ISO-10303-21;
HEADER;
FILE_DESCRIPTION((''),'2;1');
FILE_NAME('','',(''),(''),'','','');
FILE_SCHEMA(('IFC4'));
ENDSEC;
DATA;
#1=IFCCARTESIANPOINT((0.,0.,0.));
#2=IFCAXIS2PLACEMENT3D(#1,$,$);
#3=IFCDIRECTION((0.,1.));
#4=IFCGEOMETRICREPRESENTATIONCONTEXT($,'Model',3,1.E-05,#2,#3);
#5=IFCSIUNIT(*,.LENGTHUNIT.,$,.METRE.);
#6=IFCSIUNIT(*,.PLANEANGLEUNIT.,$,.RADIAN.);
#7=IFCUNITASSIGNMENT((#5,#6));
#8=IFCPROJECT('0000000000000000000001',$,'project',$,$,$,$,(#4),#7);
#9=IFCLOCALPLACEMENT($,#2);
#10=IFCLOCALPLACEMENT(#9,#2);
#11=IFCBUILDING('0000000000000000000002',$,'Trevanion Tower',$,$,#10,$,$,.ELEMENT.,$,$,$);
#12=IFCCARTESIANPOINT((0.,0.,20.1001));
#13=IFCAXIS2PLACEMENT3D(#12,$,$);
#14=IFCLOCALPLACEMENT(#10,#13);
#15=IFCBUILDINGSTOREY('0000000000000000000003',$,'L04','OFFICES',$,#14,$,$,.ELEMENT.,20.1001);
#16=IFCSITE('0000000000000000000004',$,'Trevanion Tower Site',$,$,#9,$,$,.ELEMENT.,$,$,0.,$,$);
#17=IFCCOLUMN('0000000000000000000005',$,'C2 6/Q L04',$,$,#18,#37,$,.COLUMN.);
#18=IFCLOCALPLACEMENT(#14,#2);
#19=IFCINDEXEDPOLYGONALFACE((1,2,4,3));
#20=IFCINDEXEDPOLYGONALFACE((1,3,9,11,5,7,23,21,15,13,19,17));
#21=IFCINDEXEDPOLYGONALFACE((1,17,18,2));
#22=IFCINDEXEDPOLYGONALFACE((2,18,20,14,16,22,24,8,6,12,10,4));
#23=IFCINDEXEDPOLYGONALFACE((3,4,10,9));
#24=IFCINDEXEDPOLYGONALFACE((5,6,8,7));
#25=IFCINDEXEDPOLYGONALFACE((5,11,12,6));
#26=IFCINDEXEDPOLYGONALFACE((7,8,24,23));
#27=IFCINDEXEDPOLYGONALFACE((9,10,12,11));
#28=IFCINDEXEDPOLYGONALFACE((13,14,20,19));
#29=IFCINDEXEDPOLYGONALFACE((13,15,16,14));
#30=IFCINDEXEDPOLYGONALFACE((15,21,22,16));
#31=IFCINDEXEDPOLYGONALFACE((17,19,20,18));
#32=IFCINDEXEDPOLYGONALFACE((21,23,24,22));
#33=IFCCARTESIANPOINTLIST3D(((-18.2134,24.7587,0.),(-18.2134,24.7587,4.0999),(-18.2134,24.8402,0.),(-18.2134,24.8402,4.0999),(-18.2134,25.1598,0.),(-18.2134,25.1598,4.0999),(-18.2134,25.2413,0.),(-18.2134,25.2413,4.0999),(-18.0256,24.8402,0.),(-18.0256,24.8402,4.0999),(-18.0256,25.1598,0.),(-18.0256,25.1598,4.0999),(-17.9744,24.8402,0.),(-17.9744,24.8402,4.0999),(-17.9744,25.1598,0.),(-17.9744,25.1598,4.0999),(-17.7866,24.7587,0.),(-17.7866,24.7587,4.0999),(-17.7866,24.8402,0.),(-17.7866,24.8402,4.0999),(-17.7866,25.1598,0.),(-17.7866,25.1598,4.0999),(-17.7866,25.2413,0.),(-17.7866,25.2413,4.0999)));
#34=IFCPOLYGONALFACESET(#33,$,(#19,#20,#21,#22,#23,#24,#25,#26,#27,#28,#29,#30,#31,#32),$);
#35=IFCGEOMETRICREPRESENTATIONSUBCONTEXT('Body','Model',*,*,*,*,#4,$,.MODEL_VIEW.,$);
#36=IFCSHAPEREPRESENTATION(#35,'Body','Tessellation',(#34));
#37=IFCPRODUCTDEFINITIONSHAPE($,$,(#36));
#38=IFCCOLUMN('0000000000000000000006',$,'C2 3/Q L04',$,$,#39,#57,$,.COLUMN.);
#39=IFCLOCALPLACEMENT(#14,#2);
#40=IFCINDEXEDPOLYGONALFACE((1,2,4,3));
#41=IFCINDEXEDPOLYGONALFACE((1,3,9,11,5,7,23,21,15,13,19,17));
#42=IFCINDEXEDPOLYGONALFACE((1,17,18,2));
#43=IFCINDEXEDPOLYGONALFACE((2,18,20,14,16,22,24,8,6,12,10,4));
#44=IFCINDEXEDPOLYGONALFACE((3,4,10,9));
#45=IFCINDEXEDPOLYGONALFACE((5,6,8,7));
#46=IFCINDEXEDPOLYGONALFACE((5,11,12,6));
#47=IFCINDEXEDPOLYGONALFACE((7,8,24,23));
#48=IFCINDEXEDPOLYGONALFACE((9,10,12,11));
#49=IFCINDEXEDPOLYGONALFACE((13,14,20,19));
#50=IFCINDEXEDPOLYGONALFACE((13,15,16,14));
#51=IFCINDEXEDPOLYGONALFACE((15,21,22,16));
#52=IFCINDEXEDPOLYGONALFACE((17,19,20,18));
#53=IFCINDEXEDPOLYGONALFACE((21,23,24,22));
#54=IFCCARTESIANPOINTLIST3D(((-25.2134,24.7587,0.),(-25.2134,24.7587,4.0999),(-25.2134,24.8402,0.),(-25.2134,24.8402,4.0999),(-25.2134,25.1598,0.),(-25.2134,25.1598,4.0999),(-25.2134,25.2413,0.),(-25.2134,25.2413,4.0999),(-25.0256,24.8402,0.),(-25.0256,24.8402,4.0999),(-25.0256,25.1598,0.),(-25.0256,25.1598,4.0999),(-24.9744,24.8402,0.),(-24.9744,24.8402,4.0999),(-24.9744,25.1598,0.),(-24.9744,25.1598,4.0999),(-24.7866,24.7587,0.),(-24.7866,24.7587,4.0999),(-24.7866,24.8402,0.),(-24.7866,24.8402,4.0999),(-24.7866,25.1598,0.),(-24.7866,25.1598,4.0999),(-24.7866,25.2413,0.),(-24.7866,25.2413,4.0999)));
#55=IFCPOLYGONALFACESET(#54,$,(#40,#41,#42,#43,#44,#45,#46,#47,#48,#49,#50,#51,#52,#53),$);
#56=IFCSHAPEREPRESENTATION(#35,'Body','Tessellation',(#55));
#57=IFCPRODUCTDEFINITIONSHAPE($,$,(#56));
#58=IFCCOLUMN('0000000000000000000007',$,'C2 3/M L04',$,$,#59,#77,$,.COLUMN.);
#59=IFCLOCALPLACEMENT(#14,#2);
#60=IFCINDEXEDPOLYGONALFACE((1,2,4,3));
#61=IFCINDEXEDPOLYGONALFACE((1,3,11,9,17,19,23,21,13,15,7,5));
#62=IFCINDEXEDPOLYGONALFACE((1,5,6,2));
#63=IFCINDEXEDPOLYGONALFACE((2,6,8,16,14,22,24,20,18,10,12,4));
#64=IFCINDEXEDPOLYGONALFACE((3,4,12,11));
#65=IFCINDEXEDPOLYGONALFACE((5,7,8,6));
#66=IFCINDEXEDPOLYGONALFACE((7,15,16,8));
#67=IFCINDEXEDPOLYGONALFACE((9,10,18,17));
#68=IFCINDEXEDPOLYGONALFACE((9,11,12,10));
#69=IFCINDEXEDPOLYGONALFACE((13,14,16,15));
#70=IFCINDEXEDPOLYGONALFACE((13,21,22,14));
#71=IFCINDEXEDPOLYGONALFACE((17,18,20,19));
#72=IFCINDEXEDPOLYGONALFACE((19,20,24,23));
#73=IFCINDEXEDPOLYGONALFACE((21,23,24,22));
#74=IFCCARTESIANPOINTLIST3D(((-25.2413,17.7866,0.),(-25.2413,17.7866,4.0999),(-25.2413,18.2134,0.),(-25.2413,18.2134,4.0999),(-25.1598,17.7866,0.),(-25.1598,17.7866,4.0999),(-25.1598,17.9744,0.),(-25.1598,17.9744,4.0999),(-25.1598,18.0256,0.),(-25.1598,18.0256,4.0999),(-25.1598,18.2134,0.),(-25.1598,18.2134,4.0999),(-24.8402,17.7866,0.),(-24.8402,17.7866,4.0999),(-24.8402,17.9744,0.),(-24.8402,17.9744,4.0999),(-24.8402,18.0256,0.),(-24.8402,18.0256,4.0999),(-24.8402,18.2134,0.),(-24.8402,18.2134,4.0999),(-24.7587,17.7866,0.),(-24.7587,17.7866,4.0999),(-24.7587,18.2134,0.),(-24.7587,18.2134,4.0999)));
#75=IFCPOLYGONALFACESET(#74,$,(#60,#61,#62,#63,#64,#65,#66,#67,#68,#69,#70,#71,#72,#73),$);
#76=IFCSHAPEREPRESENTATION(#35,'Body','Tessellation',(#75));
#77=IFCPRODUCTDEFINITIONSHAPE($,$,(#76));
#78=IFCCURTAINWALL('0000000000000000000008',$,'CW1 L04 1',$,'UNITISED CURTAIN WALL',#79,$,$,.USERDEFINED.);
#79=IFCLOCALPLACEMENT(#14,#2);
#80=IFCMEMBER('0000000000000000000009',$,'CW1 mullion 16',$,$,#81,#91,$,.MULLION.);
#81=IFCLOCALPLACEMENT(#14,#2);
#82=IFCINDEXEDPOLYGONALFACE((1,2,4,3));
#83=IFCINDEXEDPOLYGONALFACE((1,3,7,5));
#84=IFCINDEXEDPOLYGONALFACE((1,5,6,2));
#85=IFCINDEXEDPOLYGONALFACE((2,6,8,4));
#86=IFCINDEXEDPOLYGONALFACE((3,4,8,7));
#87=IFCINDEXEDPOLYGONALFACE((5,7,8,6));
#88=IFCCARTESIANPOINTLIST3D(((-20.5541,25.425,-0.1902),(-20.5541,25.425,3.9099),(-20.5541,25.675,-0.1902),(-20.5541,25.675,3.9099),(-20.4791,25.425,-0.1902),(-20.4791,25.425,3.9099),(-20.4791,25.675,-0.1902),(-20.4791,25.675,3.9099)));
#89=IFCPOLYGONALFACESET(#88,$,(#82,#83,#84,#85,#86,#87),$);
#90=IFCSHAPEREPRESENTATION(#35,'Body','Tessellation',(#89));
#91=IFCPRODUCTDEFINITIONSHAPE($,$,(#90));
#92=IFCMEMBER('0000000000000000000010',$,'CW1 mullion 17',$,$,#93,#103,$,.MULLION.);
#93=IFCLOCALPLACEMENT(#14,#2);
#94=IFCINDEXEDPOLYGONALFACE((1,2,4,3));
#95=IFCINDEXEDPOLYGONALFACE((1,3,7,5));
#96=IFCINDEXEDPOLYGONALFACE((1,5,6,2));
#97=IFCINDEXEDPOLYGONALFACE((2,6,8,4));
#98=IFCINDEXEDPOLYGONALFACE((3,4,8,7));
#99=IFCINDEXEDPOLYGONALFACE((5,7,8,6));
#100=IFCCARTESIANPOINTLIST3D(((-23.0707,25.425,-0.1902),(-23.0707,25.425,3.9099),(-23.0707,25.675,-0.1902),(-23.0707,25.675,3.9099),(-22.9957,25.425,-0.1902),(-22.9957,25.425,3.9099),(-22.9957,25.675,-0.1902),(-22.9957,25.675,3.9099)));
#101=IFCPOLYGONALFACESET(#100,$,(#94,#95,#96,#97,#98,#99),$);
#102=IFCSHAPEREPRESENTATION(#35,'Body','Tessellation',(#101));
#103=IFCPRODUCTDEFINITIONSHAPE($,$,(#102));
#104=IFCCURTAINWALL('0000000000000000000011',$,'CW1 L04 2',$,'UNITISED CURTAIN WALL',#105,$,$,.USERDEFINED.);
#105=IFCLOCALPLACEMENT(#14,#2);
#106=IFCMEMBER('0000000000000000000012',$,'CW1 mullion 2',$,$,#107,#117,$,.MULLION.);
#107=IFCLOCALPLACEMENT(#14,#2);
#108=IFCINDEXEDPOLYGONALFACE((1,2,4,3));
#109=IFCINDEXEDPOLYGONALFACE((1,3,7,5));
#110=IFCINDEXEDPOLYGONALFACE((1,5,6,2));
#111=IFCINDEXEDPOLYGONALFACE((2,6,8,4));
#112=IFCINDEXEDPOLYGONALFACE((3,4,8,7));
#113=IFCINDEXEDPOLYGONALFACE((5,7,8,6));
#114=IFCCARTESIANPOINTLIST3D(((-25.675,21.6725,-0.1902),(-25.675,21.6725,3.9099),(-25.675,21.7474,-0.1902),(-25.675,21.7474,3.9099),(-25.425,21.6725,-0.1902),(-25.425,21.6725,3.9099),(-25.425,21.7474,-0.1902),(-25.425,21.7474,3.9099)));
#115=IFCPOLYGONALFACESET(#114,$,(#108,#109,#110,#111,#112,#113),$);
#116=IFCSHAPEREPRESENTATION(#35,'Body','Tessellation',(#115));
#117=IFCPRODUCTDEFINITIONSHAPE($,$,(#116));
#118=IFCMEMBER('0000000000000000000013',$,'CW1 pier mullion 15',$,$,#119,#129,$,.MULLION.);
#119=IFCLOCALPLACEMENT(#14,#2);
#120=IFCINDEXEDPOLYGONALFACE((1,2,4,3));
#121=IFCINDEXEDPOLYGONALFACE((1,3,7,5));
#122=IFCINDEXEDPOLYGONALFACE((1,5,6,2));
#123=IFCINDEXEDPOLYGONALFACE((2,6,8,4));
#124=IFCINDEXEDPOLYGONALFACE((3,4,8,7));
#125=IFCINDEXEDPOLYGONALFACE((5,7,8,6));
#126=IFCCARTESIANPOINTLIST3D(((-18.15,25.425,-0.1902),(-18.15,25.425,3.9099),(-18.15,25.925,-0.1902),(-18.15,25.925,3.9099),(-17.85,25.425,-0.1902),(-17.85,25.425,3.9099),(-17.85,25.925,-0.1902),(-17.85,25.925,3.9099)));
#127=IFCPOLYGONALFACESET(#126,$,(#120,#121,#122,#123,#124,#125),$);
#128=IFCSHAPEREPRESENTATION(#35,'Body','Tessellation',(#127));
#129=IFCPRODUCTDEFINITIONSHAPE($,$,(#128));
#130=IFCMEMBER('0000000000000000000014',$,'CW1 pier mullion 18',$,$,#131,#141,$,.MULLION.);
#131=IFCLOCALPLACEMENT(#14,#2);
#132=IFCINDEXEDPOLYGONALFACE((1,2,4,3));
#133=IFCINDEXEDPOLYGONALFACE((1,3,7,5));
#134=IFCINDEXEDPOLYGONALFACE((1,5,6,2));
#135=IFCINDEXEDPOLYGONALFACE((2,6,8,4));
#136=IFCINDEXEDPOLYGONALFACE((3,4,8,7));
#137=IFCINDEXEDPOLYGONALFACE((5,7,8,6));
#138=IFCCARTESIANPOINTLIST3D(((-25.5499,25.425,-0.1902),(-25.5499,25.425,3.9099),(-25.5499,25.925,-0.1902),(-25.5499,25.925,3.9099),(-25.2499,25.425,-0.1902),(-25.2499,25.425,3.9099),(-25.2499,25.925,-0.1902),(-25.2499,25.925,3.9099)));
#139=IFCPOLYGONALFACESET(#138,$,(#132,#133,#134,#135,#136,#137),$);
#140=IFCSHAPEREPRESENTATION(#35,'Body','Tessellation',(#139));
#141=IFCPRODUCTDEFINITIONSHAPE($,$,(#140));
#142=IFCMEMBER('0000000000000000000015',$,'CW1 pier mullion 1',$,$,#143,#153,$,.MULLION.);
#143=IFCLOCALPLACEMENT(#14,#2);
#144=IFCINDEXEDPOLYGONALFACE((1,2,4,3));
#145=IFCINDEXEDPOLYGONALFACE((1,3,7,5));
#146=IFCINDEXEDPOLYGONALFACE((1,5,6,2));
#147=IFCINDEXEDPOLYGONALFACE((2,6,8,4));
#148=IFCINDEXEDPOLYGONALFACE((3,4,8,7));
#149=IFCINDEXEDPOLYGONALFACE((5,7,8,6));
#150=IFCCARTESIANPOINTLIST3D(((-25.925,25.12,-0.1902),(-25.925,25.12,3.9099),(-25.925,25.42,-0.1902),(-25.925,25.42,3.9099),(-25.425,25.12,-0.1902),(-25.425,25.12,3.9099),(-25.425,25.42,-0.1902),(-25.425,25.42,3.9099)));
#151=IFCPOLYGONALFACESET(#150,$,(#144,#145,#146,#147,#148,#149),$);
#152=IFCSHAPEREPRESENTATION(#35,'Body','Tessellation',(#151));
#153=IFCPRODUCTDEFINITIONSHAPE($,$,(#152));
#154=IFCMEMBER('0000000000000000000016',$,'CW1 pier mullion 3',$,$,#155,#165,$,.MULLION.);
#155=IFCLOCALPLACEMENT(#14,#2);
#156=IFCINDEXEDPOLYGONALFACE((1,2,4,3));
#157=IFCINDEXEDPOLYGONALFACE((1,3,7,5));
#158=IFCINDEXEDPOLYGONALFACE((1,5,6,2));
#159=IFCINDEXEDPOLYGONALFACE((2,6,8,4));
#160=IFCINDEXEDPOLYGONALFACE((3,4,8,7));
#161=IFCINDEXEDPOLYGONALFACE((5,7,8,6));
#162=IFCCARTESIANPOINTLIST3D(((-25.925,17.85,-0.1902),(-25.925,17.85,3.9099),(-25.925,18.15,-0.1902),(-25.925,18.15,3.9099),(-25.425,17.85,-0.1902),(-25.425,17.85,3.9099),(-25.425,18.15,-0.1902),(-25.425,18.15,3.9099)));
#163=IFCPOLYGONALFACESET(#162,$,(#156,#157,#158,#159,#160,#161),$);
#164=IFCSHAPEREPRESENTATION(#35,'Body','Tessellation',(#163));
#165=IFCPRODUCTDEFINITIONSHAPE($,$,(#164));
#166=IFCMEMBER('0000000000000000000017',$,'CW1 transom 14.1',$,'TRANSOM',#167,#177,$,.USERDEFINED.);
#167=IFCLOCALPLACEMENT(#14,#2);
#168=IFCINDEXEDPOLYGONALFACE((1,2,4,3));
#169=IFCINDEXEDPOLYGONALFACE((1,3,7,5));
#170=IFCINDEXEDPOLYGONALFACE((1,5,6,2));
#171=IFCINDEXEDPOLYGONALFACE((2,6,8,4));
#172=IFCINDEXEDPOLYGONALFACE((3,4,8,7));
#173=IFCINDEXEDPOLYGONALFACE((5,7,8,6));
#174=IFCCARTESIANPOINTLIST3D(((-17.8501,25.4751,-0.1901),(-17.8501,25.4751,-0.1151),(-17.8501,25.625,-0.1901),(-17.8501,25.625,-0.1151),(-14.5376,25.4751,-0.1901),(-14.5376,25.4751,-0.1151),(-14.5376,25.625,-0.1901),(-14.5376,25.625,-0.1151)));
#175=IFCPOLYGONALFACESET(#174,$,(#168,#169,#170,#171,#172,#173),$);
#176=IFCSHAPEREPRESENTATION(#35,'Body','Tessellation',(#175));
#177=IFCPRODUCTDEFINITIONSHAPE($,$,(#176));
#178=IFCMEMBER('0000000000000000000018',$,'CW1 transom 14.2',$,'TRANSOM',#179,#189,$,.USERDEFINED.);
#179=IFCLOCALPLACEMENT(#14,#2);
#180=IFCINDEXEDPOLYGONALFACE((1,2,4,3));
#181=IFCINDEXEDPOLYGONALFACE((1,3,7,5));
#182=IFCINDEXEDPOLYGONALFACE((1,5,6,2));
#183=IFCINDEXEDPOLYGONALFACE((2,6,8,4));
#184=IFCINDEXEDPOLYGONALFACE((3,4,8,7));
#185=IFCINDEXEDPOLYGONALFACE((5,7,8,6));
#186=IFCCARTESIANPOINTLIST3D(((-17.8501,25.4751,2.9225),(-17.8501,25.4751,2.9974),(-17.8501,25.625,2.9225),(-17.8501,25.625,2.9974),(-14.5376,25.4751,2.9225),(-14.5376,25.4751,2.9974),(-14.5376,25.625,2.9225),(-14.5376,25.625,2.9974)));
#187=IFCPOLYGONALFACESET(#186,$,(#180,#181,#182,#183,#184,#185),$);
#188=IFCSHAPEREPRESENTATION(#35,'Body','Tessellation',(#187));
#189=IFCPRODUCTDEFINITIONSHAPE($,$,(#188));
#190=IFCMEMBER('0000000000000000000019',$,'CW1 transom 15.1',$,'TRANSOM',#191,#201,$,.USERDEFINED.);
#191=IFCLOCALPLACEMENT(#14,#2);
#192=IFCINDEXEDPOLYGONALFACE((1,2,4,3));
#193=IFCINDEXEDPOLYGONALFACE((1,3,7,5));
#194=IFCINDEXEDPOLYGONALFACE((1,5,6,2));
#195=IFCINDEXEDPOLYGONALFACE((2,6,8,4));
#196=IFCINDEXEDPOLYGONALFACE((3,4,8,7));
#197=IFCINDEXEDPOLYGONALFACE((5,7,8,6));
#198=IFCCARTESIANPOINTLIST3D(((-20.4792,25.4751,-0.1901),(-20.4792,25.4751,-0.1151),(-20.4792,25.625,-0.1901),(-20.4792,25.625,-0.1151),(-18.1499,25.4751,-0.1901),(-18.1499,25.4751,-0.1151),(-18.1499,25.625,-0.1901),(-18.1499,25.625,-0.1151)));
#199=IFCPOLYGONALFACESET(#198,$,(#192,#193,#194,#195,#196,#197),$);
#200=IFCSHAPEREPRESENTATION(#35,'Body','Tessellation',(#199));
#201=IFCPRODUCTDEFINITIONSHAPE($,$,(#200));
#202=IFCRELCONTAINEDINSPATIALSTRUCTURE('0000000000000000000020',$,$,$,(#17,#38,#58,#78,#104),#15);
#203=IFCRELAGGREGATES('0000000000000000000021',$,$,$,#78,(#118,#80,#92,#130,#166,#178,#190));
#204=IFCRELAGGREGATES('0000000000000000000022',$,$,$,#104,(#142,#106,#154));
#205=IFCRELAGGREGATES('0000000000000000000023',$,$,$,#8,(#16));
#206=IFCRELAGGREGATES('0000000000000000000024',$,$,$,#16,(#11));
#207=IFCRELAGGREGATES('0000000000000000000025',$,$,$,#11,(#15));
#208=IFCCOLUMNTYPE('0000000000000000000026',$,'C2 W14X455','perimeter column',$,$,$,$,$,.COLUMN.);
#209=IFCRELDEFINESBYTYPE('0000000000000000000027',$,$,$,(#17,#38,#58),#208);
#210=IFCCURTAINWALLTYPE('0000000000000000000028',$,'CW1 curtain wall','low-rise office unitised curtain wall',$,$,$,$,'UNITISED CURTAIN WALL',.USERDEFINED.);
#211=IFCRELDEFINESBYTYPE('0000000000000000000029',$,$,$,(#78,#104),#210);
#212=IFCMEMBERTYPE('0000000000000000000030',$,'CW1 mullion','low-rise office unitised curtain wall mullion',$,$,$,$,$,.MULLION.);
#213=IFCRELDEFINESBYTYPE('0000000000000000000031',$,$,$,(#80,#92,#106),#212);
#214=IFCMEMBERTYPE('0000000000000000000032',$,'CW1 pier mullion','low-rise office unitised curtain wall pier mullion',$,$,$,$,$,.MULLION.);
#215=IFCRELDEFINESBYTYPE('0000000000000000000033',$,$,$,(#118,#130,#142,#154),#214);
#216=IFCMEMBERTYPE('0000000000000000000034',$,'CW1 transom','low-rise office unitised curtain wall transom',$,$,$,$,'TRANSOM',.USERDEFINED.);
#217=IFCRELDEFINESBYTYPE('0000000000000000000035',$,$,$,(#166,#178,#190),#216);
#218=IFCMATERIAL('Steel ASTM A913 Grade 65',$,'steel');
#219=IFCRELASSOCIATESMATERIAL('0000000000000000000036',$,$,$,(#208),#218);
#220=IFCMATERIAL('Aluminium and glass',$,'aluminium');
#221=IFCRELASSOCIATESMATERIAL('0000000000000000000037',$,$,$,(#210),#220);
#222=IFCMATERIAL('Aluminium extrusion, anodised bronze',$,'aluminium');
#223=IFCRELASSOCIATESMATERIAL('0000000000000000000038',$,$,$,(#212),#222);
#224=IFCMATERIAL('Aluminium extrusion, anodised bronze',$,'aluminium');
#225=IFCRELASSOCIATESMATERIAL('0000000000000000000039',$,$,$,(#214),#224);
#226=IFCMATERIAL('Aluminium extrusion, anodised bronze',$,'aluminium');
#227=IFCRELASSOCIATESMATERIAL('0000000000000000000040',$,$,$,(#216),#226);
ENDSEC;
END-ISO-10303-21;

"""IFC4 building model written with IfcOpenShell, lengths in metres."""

from ifc_helpers import new_model, si_unit, direction, frame, origin, origin_2d, place, context, subcontext, project, spatial, rectangle, i_section, extrude, material, material_profile, profile_set, type_object, element, aggregate, save


model = new_model("IFC4")

# Units and contexts
model_context = context("Model", 3, precision=1e-05, world=origin(), true_north=direction((0.0, 1.0)))
body_context = subcontext(model_context, "Body", "Model", "MODEL_VIEW")
ifc_project = project(units=[si_unit("LENGTHUNIT", "METRE"), si_unit("PLANEANGLEUNIT", "RADIAN")], contexts=[model_context])

# Site, building, storey
site_placement = place(None, origin())
site = spatial("IfcSite", under=ifc_project, at=site_placement, Name="Trevanion Tower Site", CompositionType="ELEMENT", RefElevation=0.0)
building_placement = place(site_placement, origin())
building = spatial("IfcBuilding", under=site, at=building_placement, Name="Trevanion Tower", CompositionType="ELEMENT")
storey_placement = place(building_placement, frame((0.0, 0.0, 20.1001)))
storey = spatial("IfcBuildingStorey", under=building, at=storey_placement, Name="L04", Description="OFFICES", CompositionType="ELEMENT", Elevation=20.1001)

# Columns
ifc_material_1 = material(Name="Steel ASTM A913 Grade 65", Category="steel")
ifc_material_profile_1 = material_profile(ifc_material_1, i_section(OverallWidth=0.4268, OverallDepth=0.4827, WebThickness=0.0513, FlangeThickness=0.0815, at=origin_2d()), Name="W14X455")
ifc_profile_set_1 = profile_set([ifc_material_profile_1], Name="Steel ASTM A913 Grade 65")
column_type = type_object("IfcColumnType", Name="C2 W14X455", Description="perimeter column", PredefinedType="COLUMN", material=ifc_profile_set_1)
for number, where, z_axis, x_axis, name in (
    (1, (-18.0, 25.0, 0.0), (0.0, 0.0, 1.0), (1.0, 0.0, 0.0), "C2 6/Q L04"),
    (2, (-25.0, 25.0, 0.0), (0.0, 0.0, 1.0), (1.0, 0.0, 0.0), "C2 3/Q L04"),
    (3, (-25.0, 18.0, 0.0), (0.0, 0.0, 1.0), (0.0, 1.0, 0.0), "C2 3/M L04"),
):
    element("IfcColumn", number, at=place(storey_placement, frame(where, z_axis=z_axis, x_axis=x_axis)), inside=storey, type_object=column_type, Name=name, PredefinedType="COLUMN", context=body_context, shape_type="SweptSolid", body=[
        extrude(i_section(OverallWidth=0.4268, OverallDepth=0.4827, WebThickness=0.0513, FlangeThickness=0.0815, at=origin_2d()), origin(), (0.0, 0.0, 1.0), 4.0999),
    ])

# Curtain wall, members
ifc_material_2 = material(Name="Aluminium and glass", Category="aluminium")
curtain_wall_type = type_object("IfcCurtainWallType", Name="CW1 curtain wall", Description="low-rise office unitised curtain wall", ElementType="UNITISED CURTAIN WALL", PredefinedType="USERDEFINED", material=ifc_material_2)
curtain_wall_1_placement = place(storey_placement, origin())
curtain_wall_1 = element("IfcCurtainWall", 4, at=curtain_wall_1_placement, inside=storey, type_object=curtain_wall_type, Name="CW1 L04 1", ObjectType="UNITISED CURTAIN WALL", PredefinedType="USERDEFINED")
ifc_material_3 = material(Name="Aluminium extrusion, anodised bronze", Category="aluminium")
ifc_material_profile_2 = material_profile(ifc_material_3, rectangle(XDim=0.075, YDim=0.25, at=origin_2d()), Name="CW1 mullion")
ifc_profile_set_2 = profile_set([ifc_material_profile_2], Name="Aluminium extrusion, anodised bronze")
member_type_1 = type_object("IfcMemberType", Name="CW1 mullion", Description="low-rise office unitised curtain wall mullion", PredefinedType="MULLION", material=ifc_profile_set_2)
member_1_placement = place(storey_placement, frame((-20.5166, 25.55, -0.1902), z_axis=(0.0, 0.0, 1.0), x_axis=(-1.0, 0.0, 0.0)))
member_1 = element("IfcMember", 5, at=member_1_placement, type_object=member_type_1, Name="CW1 mullion 16", PredefinedType="MULLION", context=body_context, shape_type="SweptSolid", body=[
    extrude(rectangle(XDim=0.075, YDim=0.25, at=origin_2d()), origin(), (0.0, 0.0, 1.0), 4.1001),
])
member_2_placement = place(storey_placement, frame((-23.0332, 25.55, -0.1902), z_axis=(0.0, 0.0, 1.0), x_axis=(-1.0, 0.0, 0.0)))
member_2 = element("IfcMember", 6, at=member_2_placement, type_object=member_type_1, Name="CW1 mullion 17", PredefinedType="MULLION", context=body_context, shape_type="SweptSolid", body=[
    extrude(rectangle(XDim=0.075, YDim=0.25, at=origin_2d()), origin(), (0.0, 0.0, 1.0), 4.1001),
])

# Curtain wall, member
curtain_wall_2_placement = place(storey_placement, origin())
curtain_wall_2 = element("IfcCurtainWall", 7, at=curtain_wall_2_placement, inside=storey, type_object=curtain_wall_type, Name="CW1 L04 2", ObjectType="UNITISED CURTAIN WALL", PredefinedType="USERDEFINED")
member_3_placement = place(storey_placement, frame((-25.55, 21.71, -0.1902), z_axis=(0.0, 0.0, 1.0), x_axis=(0.0, -1.0, 0.0)))
member_3 = element("IfcMember", 8, at=member_3_placement, type_object=member_type_1, Name="CW1 mullion 2", PredefinedType="MULLION", context=body_context, shape_type="SweptSolid", body=[
    extrude(rectangle(XDim=0.075, YDim=0.25, at=origin_2d()), origin(), (0.0, 0.0, 1.0), 4.1001),
])

# Members
ifc_material_4 = material(Name="Aluminium extrusion, anodised bronze", Category="aluminium")
ifc_material_profile_3 = material_profile(ifc_material_4, rectangle(XDim=0.3, YDim=0.5, at=origin_2d()), Name="CW1 pier mullion")
ifc_profile_set_3 = profile_set([ifc_material_profile_3], Name="Aluminium extrusion, anodised bronze")
member_type_2 = type_object("IfcMemberType", Name="CW1 pier mullion", Description="low-rise office unitised curtain wall pier mullion", PredefinedType="MULLION", material=ifc_profile_set_3)
member_4_placement = place(storey_placement, frame((-18.0, 25.675, -0.1902), z_axis=(0.0, 0.0, 1.0), x_axis=(-1.0, 0.0, 0.0)))
member_4 = element("IfcMember", 9, at=member_4_placement, type_object=member_type_2, Name="CW1 pier mullion 15", PredefinedType="MULLION", context=body_context, shape_type="SweptSolid", body=[
    extrude(rectangle(XDim=0.3, YDim=0.5, at=origin_2d()), origin(), (0.0, 0.0, 1.0), 4.1001),
])
member_5_placement = place(storey_placement, frame((-25.3999, 25.675, -0.1902), z_axis=(0.0, 0.0, 1.0), x_axis=(-1.0, 0.0, 0.0)))
member_5 = element("IfcMember", 10, at=member_5_placement, type_object=member_type_2, Name="CW1 pier mullion 18", PredefinedType="MULLION", context=body_context, shape_type="SweptSolid", body=[
    extrude(rectangle(XDim=0.3, YDim=0.5, at=origin_2d()), origin(), (0.0, 0.0, 1.0), 4.1001),
])
member_6_placement = place(storey_placement, frame((-25.675, 25.27, -0.1902), z_axis=(0.0, 0.0, 1.0), x_axis=(0.0, -1.0, 0.0)))
member_6 = element("IfcMember", 11, at=member_6_placement, type_object=member_type_2, Name="CW1 pier mullion 1", PredefinedType="MULLION", context=body_context, shape_type="SweptSolid", body=[
    extrude(rectangle(XDim=0.3, YDim=0.5, at=origin_2d()), origin(), (0.0, 0.0, 1.0), 4.1001),
])
member_7_placement = place(storey_placement, frame((-25.675, 18.0, -0.1902), z_axis=(0.0, 0.0, 1.0), x_axis=(0.0, -1.0, 0.0)))
member_7 = element("IfcMember", 12, at=member_7_placement, type_object=member_type_2, Name="CW1 pier mullion 3", PredefinedType="MULLION", context=body_context, shape_type="SweptSolid", body=[
    extrude(rectangle(XDim=0.3, YDim=0.5, at=origin_2d()), origin(), (0.0, 0.0, 1.0), 4.1001),
])
ifc_material_5 = material(Name="Aluminium extrusion, anodised bronze", Category="aluminium")
ifc_material_profile_4 = material_profile(ifc_material_5, rectangle(XDim=0.1499, YDim=0.075, at=origin_2d()), Name="CW1 transom")
ifc_profile_set_4 = profile_set([ifc_material_profile_4], Name="Aluminium extrusion, anodised bronze")
member_type_3 = type_object("IfcMemberType", Name="CW1 transom", Description="low-rise office unitised curtain wall transom", ElementType="TRANSOM", PredefinedType="USERDEFINED", material=ifc_profile_set_4)
member_8_placement = place(storey_placement, frame((-14.5376, 25.55, -0.1526), z_axis=(-1.0, 0.0, 0.0), x_axis=(0.0, -1.0, 0.0)))
member_8 = element("IfcMember", 13, at=member_8_placement, type_object=member_type_3, Name="CW1 transom 14.1", ObjectType="TRANSOM", PredefinedType="USERDEFINED", context=body_context, shape_type="SweptSolid", body=[
    extrude(rectangle(XDim=0.1499, YDim=0.075, at=origin_2d()), origin(), (0.0, 0.0, 1.0), 3.3125),
])
member_9_placement = place(storey_placement, frame((-14.5376, 25.55, 2.96), z_axis=(-1.0, 0.0, 0.0), x_axis=(0.0, -1.0, 0.0)))
member_9 = element("IfcMember", 14, at=member_9_placement, type_object=member_type_3, Name="CW1 transom 14.2", ObjectType="TRANSOM", PredefinedType="USERDEFINED", context=body_context, shape_type="SweptSolid", body=[
    extrude(rectangle(XDim=0.1499, YDim=0.075, at=origin_2d()), origin(), (0.0, 0.0, 1.0), 3.3125),
])
member_10_placement = place(storey_placement, frame((-18.1499, 25.55, -0.1526), z_axis=(-1.0, 0.0, 0.0), x_axis=(0.0, -1.0, 0.0)))
member_10 = element("IfcMember", 15, at=member_10_placement, type_object=member_type_3, Name="CW1 transom 15.1", ObjectType="TRANSOM", PredefinedType="USERDEFINED", context=body_context, shape_type="SweptSolid", body=[
    extrude(rectangle(XDim=0.1499, YDim=0.075, at=origin_2d()), origin(), (0.0, 0.0, 1.0), 2.3293),
])

aggregate(curtain_wall_1, [member_4, member_1, member_2, member_5, member_8, member_9, member_10])
aggregate(curtain_wall_2, [member_6, member_3, member_7])

save(model, "model.ifc")
